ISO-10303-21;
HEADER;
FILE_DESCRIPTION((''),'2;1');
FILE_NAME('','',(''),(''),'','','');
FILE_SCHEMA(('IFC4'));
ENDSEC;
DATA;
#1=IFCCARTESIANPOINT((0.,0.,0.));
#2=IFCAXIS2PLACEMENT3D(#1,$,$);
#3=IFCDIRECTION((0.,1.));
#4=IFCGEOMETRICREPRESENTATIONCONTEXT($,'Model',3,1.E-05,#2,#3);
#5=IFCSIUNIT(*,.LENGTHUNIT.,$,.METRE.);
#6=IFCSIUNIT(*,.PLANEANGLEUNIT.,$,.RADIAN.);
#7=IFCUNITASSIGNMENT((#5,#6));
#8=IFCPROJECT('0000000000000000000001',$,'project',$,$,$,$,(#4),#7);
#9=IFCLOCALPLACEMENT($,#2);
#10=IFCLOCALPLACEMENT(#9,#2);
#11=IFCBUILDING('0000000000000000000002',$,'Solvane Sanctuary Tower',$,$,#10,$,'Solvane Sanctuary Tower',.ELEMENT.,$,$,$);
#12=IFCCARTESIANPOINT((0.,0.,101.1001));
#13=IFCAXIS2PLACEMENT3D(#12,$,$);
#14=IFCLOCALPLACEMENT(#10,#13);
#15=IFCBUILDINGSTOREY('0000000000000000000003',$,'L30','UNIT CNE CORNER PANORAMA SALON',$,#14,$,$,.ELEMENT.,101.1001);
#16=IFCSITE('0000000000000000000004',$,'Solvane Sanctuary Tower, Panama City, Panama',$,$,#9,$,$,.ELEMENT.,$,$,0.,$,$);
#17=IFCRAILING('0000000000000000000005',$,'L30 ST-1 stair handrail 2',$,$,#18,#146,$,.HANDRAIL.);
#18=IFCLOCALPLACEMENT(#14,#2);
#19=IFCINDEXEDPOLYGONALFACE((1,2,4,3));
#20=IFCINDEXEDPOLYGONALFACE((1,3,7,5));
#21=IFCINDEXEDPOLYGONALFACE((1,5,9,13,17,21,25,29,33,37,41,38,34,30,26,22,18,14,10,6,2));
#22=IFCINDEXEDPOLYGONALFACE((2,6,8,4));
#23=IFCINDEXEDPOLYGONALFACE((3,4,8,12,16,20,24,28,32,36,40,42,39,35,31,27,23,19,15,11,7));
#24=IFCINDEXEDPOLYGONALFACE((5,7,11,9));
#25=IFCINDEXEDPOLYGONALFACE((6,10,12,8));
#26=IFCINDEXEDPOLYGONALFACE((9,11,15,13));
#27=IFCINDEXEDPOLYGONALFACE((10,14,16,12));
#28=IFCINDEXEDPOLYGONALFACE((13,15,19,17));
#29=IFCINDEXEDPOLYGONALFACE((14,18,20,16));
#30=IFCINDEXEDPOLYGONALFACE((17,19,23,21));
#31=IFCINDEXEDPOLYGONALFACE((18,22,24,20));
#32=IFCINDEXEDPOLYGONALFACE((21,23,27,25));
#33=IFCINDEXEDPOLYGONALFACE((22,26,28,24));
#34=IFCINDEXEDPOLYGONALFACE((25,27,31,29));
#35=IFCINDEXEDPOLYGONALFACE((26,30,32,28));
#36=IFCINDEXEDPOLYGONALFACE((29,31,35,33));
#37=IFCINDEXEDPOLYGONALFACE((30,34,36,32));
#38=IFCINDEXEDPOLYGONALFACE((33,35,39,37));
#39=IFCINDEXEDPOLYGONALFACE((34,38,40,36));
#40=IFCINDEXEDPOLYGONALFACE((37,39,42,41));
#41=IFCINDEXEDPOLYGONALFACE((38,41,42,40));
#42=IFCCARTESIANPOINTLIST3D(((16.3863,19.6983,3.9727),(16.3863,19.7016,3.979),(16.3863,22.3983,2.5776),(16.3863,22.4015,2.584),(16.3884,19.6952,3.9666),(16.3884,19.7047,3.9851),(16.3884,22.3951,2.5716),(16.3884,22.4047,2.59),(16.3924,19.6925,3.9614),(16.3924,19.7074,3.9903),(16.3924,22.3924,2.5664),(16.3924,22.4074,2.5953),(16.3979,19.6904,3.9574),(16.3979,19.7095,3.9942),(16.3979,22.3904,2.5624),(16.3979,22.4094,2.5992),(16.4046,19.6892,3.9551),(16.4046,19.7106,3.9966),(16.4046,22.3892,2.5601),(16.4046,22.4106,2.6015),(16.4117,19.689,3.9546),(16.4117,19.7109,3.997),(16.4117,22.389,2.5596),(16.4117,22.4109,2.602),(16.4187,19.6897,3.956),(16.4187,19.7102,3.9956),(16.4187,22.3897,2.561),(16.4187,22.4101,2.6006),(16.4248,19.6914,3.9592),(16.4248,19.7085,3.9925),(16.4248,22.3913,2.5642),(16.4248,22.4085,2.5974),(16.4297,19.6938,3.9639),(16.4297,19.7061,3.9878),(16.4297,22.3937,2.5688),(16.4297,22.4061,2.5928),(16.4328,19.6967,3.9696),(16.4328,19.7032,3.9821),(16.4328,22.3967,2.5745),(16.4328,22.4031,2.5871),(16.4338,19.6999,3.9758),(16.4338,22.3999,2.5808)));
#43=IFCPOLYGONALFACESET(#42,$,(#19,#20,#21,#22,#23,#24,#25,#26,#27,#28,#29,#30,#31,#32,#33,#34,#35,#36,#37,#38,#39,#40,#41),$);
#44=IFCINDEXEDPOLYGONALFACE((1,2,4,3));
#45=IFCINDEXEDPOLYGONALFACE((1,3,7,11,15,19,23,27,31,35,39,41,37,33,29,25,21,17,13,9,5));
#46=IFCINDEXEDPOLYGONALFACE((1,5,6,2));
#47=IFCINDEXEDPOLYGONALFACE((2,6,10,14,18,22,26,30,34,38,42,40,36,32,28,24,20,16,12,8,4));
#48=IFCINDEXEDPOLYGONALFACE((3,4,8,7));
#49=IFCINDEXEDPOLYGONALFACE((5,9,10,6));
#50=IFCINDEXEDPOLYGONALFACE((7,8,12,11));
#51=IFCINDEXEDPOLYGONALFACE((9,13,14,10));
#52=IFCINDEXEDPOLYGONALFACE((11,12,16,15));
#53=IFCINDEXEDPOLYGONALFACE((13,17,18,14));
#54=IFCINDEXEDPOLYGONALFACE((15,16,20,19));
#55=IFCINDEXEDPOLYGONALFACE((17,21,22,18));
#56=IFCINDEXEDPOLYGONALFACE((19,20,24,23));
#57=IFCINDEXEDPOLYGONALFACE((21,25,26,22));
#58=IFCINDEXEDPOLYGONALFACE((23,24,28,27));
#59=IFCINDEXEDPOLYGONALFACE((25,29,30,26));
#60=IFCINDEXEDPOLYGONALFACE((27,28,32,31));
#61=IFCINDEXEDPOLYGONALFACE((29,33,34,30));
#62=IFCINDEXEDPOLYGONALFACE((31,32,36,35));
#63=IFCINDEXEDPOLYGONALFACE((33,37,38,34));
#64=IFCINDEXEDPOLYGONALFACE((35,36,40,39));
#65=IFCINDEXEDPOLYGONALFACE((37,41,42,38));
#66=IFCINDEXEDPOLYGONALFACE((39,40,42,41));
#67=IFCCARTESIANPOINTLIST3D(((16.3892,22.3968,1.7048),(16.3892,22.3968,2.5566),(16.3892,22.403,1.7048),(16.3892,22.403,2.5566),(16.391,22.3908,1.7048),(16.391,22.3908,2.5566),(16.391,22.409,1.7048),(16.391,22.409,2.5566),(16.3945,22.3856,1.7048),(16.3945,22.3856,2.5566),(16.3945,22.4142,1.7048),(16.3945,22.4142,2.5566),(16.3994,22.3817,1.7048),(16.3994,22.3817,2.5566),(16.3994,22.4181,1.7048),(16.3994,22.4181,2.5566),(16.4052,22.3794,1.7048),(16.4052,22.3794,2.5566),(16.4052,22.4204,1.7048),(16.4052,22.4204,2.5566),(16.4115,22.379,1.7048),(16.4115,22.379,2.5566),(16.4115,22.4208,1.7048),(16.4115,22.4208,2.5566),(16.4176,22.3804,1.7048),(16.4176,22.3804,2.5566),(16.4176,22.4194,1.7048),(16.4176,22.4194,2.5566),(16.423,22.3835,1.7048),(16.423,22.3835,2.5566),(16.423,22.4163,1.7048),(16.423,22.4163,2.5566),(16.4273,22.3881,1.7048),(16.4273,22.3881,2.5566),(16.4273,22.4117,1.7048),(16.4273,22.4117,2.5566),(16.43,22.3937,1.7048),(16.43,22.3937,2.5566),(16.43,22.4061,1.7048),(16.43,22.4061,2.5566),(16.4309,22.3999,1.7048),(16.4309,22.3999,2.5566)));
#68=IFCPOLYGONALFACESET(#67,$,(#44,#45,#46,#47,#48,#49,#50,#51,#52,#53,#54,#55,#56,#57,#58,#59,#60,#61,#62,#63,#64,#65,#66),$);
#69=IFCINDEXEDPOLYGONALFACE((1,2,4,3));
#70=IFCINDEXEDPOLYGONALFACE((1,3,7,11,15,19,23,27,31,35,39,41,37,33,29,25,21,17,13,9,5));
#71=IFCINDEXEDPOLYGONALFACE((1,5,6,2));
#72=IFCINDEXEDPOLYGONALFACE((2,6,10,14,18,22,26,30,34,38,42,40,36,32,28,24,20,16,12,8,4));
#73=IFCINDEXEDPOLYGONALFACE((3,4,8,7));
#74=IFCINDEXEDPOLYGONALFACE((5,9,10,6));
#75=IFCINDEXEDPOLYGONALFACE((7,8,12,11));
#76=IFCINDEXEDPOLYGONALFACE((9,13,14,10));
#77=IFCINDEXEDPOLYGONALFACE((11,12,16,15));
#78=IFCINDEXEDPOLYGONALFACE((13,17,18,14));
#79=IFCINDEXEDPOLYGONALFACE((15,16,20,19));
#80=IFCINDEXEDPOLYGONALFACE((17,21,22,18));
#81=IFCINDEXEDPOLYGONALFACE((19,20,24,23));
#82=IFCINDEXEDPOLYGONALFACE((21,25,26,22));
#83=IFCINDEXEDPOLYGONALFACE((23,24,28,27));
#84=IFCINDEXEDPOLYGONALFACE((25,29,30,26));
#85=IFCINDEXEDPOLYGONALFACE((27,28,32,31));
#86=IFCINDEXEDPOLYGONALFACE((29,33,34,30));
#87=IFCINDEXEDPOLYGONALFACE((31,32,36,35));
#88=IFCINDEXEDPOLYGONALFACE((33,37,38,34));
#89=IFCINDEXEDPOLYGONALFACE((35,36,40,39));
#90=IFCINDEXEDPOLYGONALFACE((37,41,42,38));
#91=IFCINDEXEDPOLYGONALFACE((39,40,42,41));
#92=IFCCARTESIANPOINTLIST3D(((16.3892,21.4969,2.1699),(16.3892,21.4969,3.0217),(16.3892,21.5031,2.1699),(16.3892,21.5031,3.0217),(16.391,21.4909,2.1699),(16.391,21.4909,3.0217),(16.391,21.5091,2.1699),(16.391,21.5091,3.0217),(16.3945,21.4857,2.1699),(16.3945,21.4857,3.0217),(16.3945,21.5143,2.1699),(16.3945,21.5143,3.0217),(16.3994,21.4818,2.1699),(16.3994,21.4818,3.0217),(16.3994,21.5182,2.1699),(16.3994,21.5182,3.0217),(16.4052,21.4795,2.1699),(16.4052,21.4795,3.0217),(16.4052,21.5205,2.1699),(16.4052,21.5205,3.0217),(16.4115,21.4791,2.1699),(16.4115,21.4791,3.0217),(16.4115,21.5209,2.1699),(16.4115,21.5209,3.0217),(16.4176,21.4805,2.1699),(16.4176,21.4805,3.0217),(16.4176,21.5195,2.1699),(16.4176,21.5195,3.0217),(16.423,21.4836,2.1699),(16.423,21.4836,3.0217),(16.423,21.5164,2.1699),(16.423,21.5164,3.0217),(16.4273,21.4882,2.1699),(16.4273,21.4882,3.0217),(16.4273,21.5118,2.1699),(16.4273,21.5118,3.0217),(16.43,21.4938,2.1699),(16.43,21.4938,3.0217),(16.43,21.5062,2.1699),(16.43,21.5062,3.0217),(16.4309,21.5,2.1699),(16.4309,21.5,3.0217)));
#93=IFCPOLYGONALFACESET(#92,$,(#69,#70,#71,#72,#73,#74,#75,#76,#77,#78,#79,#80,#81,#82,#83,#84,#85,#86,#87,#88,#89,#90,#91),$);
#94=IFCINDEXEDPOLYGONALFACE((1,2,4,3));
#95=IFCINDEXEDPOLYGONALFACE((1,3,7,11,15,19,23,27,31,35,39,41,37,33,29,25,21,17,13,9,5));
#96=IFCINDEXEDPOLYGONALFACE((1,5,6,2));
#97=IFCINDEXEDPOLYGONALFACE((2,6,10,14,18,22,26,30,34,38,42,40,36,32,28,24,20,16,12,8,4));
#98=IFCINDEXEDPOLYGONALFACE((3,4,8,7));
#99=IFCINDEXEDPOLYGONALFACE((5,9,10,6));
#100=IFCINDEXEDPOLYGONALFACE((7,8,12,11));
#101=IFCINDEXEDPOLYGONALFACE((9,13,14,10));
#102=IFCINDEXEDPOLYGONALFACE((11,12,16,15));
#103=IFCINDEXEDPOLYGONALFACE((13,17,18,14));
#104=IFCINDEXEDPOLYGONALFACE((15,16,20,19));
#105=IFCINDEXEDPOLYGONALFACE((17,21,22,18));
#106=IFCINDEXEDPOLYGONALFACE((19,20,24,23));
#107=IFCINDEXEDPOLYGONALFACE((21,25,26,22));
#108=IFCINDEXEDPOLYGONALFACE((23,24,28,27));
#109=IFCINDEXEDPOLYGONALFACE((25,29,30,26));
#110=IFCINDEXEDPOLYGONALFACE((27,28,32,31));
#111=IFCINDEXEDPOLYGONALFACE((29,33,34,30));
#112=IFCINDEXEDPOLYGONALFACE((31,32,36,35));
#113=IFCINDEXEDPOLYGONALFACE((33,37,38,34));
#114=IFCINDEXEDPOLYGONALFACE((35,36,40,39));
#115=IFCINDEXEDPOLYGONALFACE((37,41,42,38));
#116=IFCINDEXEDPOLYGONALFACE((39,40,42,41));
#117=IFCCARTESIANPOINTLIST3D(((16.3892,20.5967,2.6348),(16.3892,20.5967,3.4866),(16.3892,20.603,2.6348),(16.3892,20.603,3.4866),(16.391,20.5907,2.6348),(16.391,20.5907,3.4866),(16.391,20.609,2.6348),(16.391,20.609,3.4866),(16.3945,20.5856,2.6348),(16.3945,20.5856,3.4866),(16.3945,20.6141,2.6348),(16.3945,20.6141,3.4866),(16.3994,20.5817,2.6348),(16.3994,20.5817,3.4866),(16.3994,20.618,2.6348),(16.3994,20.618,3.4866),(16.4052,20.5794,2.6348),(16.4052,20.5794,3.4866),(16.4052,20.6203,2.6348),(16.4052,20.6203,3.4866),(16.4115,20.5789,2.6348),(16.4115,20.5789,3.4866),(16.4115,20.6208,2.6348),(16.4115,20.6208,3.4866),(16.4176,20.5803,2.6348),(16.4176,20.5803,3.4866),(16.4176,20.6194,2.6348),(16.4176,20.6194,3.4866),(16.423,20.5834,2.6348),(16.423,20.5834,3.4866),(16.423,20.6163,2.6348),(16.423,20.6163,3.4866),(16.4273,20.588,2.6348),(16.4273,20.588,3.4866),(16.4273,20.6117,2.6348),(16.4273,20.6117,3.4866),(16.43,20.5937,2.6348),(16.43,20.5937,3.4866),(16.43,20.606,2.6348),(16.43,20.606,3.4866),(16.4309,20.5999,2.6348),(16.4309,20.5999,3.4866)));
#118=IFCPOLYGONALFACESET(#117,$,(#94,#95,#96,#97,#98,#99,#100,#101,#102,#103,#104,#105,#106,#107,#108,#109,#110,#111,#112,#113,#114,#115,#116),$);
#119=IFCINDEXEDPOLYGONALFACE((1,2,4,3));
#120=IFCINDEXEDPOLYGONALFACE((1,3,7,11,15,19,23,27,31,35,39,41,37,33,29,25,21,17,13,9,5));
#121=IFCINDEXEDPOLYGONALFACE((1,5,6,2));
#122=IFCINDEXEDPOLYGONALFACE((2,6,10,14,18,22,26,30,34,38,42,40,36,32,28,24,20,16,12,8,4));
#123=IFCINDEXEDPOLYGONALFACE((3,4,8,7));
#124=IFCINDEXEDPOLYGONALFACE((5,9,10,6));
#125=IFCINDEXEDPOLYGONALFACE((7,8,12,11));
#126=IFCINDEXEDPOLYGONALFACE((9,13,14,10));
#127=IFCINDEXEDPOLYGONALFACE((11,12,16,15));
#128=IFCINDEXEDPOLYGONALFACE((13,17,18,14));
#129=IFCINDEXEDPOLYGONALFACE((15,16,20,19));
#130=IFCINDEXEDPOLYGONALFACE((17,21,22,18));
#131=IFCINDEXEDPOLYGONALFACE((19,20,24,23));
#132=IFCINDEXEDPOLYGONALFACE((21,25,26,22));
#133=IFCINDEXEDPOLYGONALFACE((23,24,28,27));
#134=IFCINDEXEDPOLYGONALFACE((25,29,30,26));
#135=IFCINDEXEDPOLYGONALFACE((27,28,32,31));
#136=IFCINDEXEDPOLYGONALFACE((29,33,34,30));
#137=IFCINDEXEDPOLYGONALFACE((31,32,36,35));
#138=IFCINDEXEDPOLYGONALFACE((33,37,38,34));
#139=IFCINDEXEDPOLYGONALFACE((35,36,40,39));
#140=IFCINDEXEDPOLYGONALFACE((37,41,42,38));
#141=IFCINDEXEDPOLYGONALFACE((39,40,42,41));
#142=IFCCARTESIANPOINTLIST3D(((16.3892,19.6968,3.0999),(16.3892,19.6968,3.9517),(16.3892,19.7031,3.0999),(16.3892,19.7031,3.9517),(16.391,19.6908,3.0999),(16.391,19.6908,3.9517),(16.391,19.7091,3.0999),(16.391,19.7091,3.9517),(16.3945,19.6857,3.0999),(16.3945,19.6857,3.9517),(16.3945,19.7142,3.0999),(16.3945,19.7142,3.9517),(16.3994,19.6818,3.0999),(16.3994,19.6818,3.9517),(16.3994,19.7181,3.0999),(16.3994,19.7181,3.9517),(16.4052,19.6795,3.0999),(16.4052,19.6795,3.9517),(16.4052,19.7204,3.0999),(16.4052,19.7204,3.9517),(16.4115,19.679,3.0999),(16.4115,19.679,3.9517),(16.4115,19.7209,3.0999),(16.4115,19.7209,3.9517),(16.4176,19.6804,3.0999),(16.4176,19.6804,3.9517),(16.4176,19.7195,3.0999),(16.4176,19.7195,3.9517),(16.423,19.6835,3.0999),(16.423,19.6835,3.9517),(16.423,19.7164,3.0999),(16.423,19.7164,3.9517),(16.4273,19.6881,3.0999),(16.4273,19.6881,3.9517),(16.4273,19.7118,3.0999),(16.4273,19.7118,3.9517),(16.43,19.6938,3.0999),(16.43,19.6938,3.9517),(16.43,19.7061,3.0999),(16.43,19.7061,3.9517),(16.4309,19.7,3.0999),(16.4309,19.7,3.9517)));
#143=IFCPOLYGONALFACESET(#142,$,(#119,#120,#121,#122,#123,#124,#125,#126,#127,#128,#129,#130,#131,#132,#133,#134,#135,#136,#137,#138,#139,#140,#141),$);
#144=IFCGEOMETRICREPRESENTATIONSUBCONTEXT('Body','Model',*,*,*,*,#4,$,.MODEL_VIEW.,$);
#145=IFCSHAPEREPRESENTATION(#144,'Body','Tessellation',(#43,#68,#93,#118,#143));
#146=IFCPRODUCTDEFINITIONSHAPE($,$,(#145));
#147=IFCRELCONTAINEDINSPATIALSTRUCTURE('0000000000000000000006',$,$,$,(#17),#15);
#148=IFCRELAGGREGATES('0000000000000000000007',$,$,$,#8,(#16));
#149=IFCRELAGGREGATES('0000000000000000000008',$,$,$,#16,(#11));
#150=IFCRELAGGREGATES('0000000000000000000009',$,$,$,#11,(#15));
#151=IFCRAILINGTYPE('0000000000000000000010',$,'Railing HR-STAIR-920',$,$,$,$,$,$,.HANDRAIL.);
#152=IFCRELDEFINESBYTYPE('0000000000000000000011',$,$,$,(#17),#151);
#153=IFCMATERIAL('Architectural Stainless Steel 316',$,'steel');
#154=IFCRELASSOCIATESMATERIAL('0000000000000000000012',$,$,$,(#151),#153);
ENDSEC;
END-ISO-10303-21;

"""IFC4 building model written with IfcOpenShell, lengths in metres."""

from ifc_helpers import new_model, si_unit, direction, frame, origin, origin_2d, place, context, subcontext, project, spatial, circle, extrude, material, type_object, element, save


model = new_model("IFC4")

# Units and contexts
model_context = context("Model", 3, precision=1e-05, world=origin(), true_north=direction((0.0, 1.0)))
body_context = subcontext(model_context, "Body", "Model", "MODEL_VIEW")
ifc_project = project(units=[si_unit("LENGTHUNIT", "METRE"), si_unit("PLANEANGLEUNIT", "RADIAN")], contexts=[model_context])

# Site, building, storey
site_placement = place(None, origin())
site = spatial("IfcSite", under=ifc_project, at=site_placement, Name="Solvane Sanctuary Tower, Panama City, Panama", CompositionType="ELEMENT", RefElevation=0.0)
building_placement = place(site_placement, origin())
building = spatial("IfcBuilding", under=site, at=building_placement, Name="Solvane Sanctuary Tower", LongName="Solvane Sanctuary Tower", CompositionType="ELEMENT")
storey_placement = place(building_placement, frame((0.0, 0.0, 101.1001)))
storey = spatial("IfcBuildingStorey", under=building, at=storey_placement, Name="L30", Description="UNIT CNE CORNER PANORAMA SALON", CompositionType="ELEMENT", Elevation=101.1001)

# Railing
ifc_material_1 = material(Name="Architectural Stainless Steel 316", Category="steel")
railing_type_1 = type_object("IfcRailingType", Name="Railing HR-STAIR-920", PredefinedType="HANDRAIL", material=ifc_material_1)
railing_1_placement = place(storey_placement, frame((16.4099, 22.3999, 1.7048)))
element("IfcRailing", 1, at=railing_1_placement, inside=storey, type_object=railing_type_1, Name="L30 ST-1 stair handrail 2", PredefinedType="HANDRAIL", context=body_context, shape_type="SweptSolid", body=[
    extrude(circle(Radius=0.0239, at=origin_2d()), frame((0.0, 0.0, 0.876), z_axis=(0.0, -0.88842, 0.459032), x_axis=(1.0, 0.0, 0.0)), (0.0, 0.0, 1.0), 3.0391),
    extrude(circle(Radius=0.021, at=origin_2d()), origin(), (0.0, 0.0, 1.0), 0.8518),
    extrude(circle(Radius=0.021, at=origin_2d()), frame((0.0, -0.8999, 0.4651)), (0.0, 0.0, 1.0), 0.8518),
    extrude(circle(Radius=0.021, at=origin_2d()), frame((0.0, -1.8, 0.9299)), (0.0, 0.0, 1.0), 0.8518),
    extrude(circle(Radius=0.021, at=origin_2d()), frame((0.0, -2.7, 1.395)), (0.0, 0.0, 1.0), 0.8518),
])

save(model, "model.ifc")
